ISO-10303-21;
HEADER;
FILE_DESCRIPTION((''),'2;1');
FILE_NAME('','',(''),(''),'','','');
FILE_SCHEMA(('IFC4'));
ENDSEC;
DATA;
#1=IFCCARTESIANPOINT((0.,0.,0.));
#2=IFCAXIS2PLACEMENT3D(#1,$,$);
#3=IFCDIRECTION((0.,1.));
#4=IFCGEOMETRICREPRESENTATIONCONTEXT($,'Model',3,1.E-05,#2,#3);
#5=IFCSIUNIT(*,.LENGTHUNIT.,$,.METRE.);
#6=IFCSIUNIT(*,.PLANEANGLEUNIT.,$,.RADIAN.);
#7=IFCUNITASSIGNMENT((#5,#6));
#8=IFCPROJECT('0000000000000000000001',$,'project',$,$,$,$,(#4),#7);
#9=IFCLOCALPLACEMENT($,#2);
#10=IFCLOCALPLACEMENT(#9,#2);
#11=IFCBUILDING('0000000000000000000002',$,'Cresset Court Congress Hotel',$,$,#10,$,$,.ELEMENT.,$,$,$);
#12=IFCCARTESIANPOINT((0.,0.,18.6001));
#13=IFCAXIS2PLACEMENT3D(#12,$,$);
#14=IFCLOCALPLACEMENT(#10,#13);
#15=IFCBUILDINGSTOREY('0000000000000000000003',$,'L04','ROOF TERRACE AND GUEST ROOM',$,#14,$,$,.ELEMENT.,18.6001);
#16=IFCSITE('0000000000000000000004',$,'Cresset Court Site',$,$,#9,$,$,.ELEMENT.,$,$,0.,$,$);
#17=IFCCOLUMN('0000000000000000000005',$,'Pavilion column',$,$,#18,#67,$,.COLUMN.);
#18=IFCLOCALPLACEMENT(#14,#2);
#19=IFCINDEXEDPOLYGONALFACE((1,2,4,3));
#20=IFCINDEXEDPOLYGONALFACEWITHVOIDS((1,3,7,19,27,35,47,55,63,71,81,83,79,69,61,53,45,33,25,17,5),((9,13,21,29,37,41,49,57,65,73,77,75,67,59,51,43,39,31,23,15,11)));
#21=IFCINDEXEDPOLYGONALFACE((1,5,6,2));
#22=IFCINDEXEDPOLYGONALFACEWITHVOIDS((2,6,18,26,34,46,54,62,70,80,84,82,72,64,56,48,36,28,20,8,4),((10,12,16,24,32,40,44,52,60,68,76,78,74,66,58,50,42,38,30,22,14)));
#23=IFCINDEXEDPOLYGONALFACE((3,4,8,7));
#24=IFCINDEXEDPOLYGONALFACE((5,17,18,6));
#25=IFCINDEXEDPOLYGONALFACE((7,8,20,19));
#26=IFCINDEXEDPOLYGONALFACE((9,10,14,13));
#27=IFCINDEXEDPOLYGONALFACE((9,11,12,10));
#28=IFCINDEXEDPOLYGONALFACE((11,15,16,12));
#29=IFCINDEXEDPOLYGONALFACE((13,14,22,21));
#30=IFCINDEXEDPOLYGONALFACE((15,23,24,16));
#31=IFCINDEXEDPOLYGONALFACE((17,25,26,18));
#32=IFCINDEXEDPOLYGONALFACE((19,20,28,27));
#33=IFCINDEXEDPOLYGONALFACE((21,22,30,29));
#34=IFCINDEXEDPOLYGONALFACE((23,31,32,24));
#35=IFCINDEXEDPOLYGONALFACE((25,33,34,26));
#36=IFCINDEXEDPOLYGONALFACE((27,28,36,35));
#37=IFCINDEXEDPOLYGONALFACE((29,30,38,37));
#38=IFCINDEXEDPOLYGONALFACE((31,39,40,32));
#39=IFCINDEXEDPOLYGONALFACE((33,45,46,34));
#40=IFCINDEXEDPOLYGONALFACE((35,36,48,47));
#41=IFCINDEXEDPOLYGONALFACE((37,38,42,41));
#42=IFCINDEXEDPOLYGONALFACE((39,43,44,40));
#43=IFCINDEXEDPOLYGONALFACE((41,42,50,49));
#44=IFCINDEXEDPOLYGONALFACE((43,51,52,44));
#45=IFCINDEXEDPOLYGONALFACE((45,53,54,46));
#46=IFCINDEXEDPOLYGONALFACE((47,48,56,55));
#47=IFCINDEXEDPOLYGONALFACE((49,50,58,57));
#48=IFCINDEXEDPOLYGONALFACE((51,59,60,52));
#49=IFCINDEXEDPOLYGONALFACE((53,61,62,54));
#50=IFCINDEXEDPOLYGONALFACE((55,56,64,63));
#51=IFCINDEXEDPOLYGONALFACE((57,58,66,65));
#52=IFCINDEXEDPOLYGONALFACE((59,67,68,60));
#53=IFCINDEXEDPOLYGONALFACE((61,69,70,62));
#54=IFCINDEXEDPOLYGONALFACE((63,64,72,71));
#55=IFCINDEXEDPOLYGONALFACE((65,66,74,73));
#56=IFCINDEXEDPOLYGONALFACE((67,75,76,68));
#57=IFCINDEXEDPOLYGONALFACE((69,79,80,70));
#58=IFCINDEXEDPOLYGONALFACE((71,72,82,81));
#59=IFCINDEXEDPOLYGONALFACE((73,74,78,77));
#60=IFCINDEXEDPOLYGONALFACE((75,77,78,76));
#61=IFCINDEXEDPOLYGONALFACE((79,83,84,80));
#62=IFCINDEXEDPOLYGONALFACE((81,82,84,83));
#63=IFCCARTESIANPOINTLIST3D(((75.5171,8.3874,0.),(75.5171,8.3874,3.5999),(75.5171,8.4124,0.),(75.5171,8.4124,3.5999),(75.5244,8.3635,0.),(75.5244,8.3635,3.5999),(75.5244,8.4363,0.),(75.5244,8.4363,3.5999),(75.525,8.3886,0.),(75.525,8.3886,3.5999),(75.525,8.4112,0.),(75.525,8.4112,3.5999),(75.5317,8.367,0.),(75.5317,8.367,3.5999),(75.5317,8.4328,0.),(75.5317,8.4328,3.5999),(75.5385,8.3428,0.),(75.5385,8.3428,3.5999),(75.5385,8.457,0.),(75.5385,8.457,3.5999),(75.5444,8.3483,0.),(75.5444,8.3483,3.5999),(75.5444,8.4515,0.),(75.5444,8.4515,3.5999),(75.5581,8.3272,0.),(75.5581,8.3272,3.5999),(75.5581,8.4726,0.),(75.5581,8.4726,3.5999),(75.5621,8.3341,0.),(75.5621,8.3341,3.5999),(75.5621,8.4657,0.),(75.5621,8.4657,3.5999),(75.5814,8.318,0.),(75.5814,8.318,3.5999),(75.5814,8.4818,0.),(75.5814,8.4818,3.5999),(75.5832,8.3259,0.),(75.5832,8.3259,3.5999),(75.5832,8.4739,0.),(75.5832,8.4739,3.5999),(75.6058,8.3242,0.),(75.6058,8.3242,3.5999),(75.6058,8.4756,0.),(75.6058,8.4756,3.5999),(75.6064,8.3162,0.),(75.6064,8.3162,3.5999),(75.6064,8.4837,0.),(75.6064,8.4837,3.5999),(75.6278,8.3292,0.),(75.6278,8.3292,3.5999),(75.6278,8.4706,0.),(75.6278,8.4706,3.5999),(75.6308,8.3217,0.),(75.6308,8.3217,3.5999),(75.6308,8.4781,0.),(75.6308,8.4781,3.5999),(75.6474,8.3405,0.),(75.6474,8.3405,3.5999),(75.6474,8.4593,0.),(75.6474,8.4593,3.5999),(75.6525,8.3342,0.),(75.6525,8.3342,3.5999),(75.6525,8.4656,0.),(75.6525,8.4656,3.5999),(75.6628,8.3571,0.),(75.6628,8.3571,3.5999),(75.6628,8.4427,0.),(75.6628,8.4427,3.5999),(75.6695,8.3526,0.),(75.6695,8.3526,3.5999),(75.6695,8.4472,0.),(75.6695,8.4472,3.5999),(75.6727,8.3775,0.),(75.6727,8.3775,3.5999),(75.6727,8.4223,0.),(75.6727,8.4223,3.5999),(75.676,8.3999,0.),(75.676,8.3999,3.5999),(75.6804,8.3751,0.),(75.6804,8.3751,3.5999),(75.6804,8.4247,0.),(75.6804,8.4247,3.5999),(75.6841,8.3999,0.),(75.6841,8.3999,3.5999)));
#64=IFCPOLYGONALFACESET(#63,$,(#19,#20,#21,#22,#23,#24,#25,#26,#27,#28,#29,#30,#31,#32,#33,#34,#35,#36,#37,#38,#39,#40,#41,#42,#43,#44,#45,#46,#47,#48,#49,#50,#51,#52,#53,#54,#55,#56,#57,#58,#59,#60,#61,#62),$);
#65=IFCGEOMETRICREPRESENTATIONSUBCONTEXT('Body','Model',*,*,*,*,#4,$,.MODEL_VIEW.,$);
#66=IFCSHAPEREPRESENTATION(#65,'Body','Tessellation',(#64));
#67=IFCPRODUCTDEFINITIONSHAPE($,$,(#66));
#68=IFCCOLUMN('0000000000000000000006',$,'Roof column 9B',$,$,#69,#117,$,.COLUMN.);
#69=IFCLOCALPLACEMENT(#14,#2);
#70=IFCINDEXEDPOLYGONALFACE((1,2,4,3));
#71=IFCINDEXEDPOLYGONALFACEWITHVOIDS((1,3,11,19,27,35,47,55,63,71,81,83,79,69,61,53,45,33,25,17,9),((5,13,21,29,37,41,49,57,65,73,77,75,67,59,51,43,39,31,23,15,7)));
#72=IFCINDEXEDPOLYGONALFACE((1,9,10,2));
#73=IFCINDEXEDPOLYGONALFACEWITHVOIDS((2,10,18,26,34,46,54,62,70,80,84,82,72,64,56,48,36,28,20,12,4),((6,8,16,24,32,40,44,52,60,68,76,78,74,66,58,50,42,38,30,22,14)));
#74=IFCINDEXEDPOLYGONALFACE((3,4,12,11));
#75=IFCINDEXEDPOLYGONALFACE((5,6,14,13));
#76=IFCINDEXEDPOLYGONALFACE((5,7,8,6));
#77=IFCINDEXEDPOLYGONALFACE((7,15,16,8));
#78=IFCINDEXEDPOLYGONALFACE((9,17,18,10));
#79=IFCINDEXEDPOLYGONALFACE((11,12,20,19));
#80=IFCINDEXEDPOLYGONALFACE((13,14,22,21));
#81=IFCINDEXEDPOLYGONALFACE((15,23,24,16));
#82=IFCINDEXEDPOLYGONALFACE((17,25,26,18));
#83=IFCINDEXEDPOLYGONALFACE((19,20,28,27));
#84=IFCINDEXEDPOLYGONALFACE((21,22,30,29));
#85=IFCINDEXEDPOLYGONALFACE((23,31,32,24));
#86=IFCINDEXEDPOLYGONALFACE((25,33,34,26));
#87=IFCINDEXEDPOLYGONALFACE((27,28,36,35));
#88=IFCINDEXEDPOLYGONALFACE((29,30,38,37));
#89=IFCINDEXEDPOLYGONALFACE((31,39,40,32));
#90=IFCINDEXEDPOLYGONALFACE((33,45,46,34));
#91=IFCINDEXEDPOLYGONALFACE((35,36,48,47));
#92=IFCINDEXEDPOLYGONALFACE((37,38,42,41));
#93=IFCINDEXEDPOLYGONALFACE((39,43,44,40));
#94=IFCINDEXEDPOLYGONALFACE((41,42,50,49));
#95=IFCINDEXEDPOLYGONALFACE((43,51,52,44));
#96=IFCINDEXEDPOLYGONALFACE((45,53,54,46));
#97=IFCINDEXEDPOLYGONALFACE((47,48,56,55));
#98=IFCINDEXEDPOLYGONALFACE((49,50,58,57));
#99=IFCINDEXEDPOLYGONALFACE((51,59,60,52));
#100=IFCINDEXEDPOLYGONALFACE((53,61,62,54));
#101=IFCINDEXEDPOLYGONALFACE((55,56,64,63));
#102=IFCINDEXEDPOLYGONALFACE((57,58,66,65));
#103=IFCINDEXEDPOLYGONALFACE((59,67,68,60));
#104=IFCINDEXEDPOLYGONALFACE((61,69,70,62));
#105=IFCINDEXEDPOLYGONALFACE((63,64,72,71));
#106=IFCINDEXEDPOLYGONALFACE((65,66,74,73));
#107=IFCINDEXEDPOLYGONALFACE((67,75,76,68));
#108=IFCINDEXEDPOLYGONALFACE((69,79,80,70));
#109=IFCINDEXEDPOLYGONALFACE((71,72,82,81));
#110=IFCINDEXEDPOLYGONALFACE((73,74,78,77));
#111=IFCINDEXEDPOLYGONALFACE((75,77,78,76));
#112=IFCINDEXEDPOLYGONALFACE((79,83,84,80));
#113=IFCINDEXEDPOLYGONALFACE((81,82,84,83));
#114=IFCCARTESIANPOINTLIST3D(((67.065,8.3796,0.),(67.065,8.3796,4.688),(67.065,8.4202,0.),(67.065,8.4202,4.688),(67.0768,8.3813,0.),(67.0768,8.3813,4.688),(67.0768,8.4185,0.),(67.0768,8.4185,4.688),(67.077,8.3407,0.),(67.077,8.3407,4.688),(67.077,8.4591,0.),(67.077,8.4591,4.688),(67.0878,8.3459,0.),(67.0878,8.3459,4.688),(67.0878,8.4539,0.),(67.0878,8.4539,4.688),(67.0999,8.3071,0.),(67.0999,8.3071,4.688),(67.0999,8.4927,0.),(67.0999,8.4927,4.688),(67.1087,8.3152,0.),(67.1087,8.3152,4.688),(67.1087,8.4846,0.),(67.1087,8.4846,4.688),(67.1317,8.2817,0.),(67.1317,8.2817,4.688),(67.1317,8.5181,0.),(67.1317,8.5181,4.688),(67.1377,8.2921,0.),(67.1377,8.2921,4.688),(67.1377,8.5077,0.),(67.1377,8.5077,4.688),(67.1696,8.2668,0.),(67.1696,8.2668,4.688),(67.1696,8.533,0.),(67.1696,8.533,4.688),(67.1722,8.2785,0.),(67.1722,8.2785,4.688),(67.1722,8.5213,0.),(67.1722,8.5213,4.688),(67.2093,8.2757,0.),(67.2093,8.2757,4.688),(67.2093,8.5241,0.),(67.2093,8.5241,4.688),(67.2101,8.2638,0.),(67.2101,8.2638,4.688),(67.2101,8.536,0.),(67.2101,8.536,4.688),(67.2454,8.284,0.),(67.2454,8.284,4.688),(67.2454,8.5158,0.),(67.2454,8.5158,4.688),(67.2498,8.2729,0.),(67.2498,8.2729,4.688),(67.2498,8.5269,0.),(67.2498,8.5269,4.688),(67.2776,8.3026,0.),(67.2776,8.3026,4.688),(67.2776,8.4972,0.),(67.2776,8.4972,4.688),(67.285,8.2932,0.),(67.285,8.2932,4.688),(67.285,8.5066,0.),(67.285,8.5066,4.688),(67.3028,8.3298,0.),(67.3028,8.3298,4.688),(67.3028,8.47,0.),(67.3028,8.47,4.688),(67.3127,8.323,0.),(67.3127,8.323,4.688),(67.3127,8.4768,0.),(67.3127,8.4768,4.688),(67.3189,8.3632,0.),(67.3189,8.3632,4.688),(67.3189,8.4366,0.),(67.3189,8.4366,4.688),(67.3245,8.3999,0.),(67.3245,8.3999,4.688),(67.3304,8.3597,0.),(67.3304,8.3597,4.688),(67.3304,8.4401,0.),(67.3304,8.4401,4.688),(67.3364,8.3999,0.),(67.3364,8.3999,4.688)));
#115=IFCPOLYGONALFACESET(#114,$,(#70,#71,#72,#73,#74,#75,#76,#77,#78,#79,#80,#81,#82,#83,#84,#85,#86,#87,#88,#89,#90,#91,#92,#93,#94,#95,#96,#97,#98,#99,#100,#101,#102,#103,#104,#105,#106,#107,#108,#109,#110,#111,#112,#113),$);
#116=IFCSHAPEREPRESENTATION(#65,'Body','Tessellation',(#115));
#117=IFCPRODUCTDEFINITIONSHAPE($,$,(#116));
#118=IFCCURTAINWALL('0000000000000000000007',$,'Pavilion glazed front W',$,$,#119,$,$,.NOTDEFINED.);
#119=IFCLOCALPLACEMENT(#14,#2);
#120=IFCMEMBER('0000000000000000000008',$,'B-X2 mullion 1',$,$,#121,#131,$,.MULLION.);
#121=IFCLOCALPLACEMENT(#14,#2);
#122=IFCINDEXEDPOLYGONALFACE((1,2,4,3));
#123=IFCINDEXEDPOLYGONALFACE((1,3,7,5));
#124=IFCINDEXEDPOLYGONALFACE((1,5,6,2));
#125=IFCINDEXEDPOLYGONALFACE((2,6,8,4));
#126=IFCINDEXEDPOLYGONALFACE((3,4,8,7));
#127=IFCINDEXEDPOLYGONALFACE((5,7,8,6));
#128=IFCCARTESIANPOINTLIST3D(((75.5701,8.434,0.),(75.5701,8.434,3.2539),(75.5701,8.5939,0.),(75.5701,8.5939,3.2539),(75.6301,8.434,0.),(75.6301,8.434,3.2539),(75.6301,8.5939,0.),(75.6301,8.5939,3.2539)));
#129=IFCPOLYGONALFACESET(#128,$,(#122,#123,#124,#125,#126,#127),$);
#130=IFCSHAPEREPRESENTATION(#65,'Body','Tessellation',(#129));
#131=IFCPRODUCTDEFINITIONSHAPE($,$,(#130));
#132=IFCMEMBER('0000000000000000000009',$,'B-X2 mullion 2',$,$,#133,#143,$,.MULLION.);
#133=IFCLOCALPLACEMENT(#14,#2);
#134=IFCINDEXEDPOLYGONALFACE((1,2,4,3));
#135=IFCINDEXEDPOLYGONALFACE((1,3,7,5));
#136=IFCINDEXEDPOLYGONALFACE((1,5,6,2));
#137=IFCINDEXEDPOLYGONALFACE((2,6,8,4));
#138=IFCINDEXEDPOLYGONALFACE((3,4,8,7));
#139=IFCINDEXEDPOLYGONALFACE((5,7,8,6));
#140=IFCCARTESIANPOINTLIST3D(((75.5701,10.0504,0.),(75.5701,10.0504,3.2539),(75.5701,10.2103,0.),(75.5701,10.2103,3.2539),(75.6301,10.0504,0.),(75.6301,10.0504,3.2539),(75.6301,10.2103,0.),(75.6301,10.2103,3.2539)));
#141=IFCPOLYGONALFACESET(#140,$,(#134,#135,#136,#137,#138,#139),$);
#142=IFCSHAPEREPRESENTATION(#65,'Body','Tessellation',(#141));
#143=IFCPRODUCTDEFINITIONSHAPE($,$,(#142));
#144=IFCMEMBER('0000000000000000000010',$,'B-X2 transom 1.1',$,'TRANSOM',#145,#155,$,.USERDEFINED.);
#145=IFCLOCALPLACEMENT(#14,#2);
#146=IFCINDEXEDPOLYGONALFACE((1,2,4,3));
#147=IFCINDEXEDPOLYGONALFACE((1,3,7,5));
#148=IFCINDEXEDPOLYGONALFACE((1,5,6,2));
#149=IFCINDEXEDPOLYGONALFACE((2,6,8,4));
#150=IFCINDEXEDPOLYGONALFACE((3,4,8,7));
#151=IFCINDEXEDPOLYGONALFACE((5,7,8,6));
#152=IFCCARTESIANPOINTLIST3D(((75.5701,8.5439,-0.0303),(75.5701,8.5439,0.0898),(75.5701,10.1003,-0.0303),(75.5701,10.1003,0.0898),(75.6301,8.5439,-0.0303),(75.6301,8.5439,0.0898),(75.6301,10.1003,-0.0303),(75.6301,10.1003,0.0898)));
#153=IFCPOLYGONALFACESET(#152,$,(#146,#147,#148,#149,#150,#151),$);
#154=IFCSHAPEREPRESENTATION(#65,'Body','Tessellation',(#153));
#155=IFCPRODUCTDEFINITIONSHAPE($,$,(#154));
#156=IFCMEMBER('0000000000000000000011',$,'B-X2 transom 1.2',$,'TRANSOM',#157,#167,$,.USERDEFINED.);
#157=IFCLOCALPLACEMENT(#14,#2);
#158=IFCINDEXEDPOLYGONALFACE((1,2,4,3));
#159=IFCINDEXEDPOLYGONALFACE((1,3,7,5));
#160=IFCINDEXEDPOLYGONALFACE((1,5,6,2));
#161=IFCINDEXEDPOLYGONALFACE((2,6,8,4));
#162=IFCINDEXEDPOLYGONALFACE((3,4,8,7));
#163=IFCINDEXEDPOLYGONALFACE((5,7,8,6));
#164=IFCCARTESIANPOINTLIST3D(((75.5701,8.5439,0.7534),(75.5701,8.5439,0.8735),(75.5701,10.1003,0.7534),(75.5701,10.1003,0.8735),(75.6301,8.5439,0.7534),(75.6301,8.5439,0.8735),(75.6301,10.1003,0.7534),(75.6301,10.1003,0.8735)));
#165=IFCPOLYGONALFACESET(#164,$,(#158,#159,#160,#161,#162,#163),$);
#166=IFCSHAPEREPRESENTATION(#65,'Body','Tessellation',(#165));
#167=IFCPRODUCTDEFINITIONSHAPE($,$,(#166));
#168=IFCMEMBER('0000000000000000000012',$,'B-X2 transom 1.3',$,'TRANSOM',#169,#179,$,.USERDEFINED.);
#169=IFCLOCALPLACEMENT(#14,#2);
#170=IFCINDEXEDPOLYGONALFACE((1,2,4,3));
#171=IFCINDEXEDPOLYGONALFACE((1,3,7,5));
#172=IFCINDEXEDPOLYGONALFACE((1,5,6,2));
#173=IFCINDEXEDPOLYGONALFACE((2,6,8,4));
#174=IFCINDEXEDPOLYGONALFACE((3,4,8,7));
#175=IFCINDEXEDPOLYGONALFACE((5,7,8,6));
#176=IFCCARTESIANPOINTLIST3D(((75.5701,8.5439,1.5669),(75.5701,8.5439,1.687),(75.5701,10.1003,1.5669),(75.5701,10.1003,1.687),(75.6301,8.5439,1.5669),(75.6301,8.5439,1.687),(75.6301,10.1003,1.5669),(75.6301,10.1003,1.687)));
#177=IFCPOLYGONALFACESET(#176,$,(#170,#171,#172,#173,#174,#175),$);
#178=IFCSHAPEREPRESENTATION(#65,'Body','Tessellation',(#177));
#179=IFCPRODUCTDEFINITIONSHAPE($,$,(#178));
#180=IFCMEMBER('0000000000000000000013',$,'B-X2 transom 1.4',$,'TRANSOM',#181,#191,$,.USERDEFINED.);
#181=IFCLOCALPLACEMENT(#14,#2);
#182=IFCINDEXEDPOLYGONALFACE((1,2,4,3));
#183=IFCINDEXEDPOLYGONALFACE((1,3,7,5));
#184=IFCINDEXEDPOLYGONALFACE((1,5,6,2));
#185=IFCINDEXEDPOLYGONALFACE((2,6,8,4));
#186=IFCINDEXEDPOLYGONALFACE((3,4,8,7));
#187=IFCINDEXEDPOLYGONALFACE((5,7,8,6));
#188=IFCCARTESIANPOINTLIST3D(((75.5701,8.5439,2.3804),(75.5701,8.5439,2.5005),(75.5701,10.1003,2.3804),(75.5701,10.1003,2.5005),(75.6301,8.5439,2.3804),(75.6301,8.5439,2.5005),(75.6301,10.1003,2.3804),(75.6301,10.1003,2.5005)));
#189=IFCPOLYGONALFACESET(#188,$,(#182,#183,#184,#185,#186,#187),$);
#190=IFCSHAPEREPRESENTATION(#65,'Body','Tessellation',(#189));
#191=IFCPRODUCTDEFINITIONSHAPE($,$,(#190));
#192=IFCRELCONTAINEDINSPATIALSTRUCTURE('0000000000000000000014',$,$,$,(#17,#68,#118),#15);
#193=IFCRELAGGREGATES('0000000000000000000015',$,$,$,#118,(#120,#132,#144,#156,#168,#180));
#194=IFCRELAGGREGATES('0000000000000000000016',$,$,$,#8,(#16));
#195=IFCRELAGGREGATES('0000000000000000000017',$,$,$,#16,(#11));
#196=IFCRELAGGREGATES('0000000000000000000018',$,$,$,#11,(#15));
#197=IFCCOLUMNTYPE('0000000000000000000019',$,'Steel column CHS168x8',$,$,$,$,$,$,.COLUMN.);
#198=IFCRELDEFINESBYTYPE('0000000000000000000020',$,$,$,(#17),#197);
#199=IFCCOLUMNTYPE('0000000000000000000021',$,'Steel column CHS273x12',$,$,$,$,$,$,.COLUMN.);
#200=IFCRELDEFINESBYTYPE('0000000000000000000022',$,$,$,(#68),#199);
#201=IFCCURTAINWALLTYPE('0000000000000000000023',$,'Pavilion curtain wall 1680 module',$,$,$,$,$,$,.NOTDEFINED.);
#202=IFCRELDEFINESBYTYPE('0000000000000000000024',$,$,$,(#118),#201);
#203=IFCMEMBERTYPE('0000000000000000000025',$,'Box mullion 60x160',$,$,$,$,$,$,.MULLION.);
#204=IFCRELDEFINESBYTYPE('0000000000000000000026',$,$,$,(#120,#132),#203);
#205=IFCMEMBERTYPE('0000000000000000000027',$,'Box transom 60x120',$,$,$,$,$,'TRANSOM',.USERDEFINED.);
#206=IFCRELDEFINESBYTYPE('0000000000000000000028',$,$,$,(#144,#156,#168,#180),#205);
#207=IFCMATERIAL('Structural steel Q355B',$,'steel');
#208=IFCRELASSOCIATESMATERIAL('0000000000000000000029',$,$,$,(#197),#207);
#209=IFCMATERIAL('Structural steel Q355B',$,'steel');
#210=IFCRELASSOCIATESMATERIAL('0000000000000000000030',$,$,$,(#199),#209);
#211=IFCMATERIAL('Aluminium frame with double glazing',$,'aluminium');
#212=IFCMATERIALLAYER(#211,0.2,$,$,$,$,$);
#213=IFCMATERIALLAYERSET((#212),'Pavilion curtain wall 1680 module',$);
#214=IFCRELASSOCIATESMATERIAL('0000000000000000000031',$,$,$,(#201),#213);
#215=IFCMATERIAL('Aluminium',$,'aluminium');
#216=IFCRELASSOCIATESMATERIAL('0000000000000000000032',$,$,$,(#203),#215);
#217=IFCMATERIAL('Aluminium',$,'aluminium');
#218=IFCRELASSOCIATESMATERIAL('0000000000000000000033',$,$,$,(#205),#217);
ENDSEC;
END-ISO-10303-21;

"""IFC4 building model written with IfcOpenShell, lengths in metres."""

from ifc_helpers import new_model, si_unit, direction, frame, origin, origin_2d, place, context, subcontext, project, spatial, rectangle, hollow_circle, extrude, material, layer, layer_set, material_profile, profile_set, type_object, element, aggregate, save


model = new_model("IFC4")

# Units and contexts
model_context = context("Model", 3, precision=1e-05, world=origin(), true_north=direction((0.0, 1.0)))
body_context = subcontext(model_context, "Body", "Model", "MODEL_VIEW")
ifc_project = project(units=[si_unit("LENGTHUNIT", "METRE"), si_unit("PLANEANGLEUNIT", "RADIAN")], contexts=[model_context])

# Site, building, storey
site_placement = place(None, origin())
site = spatial("IfcSite", under=ifc_project, at=site_placement, Name="Cresset Court Site", CompositionType="ELEMENT", RefElevation=0.0)
building_placement = place(site_placement, origin())
building = spatial("IfcBuilding", under=site, at=building_placement, Name="Cresset Court Congress Hotel", CompositionType="ELEMENT")
storey_placement = place(building_placement, frame((0.0, 0.0, 18.6001)))
storey = spatial("IfcBuildingStorey", under=building, at=storey_placement, Name="L04", Description="ROOF TERRACE AND GUEST ROOM", CompositionType="ELEMENT", Elevation=18.6001)

# Columns
ifc_material_1 = material(Name="Structural steel Q355B", Category="steel")
ifc_material_profile_1 = material_profile(ifc_material_1, hollow_circle(Radius=0.084, WallThickness=0.0081, at=origin_2d()), Name="CHS168x8")
ifc_profile_set_1 = profile_set([ifc_material_profile_1], Name="Structural steel Q355B")
column_type_1 = type_object("IfcColumnType", Name="Steel column CHS168x8", PredefinedType="COLUMN", material=ifc_profile_set_1)
column_1_placement = place(storey_placement, frame((75.6001, 8.3999, 0.0), z_axis=(0.0, 0.0, 1.0), x_axis=(1.0, 0.0, 0.0)))
element("IfcColumn", 1, at=column_1_placement, inside=storey, type_object=column_type_1, Name="Pavilion column", PredefinedType="COLUMN", context=body_context, shape_type="SweptSolid", body=[
    extrude(hollow_circle(Radius=0.084, WallThickness=0.0081, at=origin_2d()), origin(), (0.0, 0.0, 1.0), 3.5999),
])
ifc_material_2 = material(Name="Structural steel Q355B", Category="steel")
ifc_material_profile_2 = material_profile(ifc_material_2, hollow_circle(Radius=0.1365, WallThickness=0.012, at=origin_2d()), Name="CHS273x12")
ifc_profile_set_2 = profile_set([ifc_material_profile_2], Name="Structural steel Q355B")
column_type_2 = type_object("IfcColumnType", Name="Steel column CHS273x12", PredefinedType="COLUMN", material=ifc_profile_set_2)
column_2_placement = place(storey_placement, frame((67.2, 8.3999, 0.0), z_axis=(0.0, 0.0, 1.0), x_axis=(1.0, 0.0, 0.0)))
element("IfcColumn", 2, at=column_2_placement, inside=storey, type_object=column_type_2, Name="Roof column 9B", PredefinedType="COLUMN", context=body_context, shape_type="SweptSolid", body=[
    extrude(hollow_circle(Radius=0.1365, WallThickness=0.012, at=origin_2d()), origin(), (0.0, 0.0, 1.0), 4.688),
])

# Curtain wall, members
ifc_material_3 = material(Name="Aluminium frame with double glazing", Category="aluminium")
ifc_layer_1 = layer(ifc_material_3, 0.2)
ifc_layer_set_1 = layer_set([ifc_layer_1], Name="Pavilion curtain wall 1680 module")
curtain_wall_type = type_object("IfcCurtainWallType", Name="Pavilion curtain wall 1680 module", PredefinedType="NOTDEFINED", material=ifc_layer_set_1)
curtain_wall_placement = place(storey_placement, origin())
curtain_wall = element("IfcCurtainWall", 3, at=curtain_wall_placement, inside=storey, type_object=curtain_wall_type, Name="Pavilion glazed front W", PredefinedType="NOTDEFINED")
ifc_material_4 = material(Name="Aluminium", Category="aluminium")
ifc_material_profile_3 = material_profile(ifc_material_4, rectangle(XDim=0.0601, YDim=0.1599, at=origin_2d()), Name="Box mullion 60x160")
ifc_profile_set_3 = profile_set([ifc_material_profile_3], Name="Aluminium")
member_type_1 = type_object("IfcMemberType", Name="Box mullion 60x160", PredefinedType="MULLION", material=ifc_profile_set_3)
member_1_placement = place(storey_placement, frame((75.6001, 8.5139, 0.0), z_axis=(0.0, 0.0, 1.0), x_axis=(-1.0, 0.0, 0.0)))
member_1 = element("IfcMember", 4, at=member_1_placement, type_object=member_type_1, Name="B-X2 mullion 1", PredefinedType="MULLION", context=body_context, shape_type="SweptSolid", body=[
    extrude(rectangle(XDim=0.0601, YDim=0.1599, at=origin_2d()), origin(), (0.0, 0.0, 1.0), 3.2539),
])
member_2_placement = place(storey_placement, frame((75.6001, 10.1304, 0.0), z_axis=(0.0, 0.0, 1.0), x_axis=(-1.0, 0.0, 0.0)))
member_2 = element("IfcMember", 5, at=member_2_placement, type_object=member_type_1, Name="B-X2 mullion 2", PredefinedType="MULLION", context=body_context, shape_type="SweptSolid", body=[
    extrude(rectangle(XDim=0.0601, YDim=0.1599, at=origin_2d()), origin(), (0.0, 0.0, 1.0), 3.2539),
])
ifc_material_5 = material(Name="Aluminium", Category="aluminium")
ifc_material_profile_4 = material_profile(ifc_material_5, rectangle(XDim=0.0601, YDim=0.1201, at=origin_2d()), Name="Box transom 60x120")
ifc_profile_set_4 = profile_set([ifc_material_profile_4], Name="Aluminium")
member_type_2 = type_object("IfcMemberType", Name="Box transom 60x120", ElementType="TRANSOM", PredefinedType="USERDEFINED", material=ifc_profile_set_4)
member_3_placement = place(storey_placement, frame((75.6001, 8.5439, 0.0298), z_axis=(0.0, 1.0, 0.0), x_axis=(-1.0, 0.0, 0.0)))
member_3 = element("IfcMember", 6, at=member_3_placement, type_object=member_type_2, Name="B-X2 transom 1.1", ObjectType="TRANSOM", PredefinedType="USERDEFINED", context=body_context, shape_type="SweptSolid", body=[
    extrude(rectangle(XDim=0.0601, YDim=0.1201, at=origin_2d()), origin(), (0.0, 0.0, 1.0), 1.5564),
])
member_4_placement = place(storey_placement, frame((75.6001, 8.5439, 0.8135), z_axis=(0.0, 1.0, 0.0), x_axis=(-1.0, 0.0, 0.0)))
member_4 = element("IfcMember", 7, at=member_4_placement, type_object=member_type_2, Name="B-X2 transom 1.2", ObjectType="TRANSOM", PredefinedType="USERDEFINED", context=body_context, shape_type="SweptSolid", body=[
    extrude(rectangle(XDim=0.0601, YDim=0.1201, at=origin_2d()), origin(), (0.0, 0.0, 1.0), 1.5564),
])
member_5_placement = place(storey_placement, frame((75.6001, 8.5439, 1.627), z_axis=(0.0, 1.0, 0.0), x_axis=(-1.0, 0.0, 0.0)))
member_5 = element("IfcMember", 8, at=member_5_placement, type_object=member_type_2, Name="B-X2 transom 1.3", ObjectType="TRANSOM", PredefinedType="USERDEFINED", context=body_context, shape_type="SweptSolid", body=[
    extrude(rectangle(XDim=0.0601, YDim=0.1201, at=origin_2d()), origin(), (0.0, 0.0, 1.0), 1.5564),
])
member_6_placement = place(storey_placement, frame((75.6001, 8.5439, 2.4404), z_axis=(0.0, 1.0, 0.0), x_axis=(-1.0, 0.0, 0.0)))
member_6 = element("IfcMember", 9, at=member_6_placement, type_object=member_type_2, Name="B-X2 transom 1.4", ObjectType="TRANSOM", PredefinedType="USERDEFINED", context=body_context, shape_type="SweptSolid", body=[
    extrude(rectangle(XDim=0.0601, YDim=0.1201, at=origin_2d()), origin(), (0.0, 0.0, 1.0), 1.5564),
])

aggregate(curtain_wall, [member_1, member_2, member_3, member_4, member_5, member_6])

save(model, "model.ifc")
